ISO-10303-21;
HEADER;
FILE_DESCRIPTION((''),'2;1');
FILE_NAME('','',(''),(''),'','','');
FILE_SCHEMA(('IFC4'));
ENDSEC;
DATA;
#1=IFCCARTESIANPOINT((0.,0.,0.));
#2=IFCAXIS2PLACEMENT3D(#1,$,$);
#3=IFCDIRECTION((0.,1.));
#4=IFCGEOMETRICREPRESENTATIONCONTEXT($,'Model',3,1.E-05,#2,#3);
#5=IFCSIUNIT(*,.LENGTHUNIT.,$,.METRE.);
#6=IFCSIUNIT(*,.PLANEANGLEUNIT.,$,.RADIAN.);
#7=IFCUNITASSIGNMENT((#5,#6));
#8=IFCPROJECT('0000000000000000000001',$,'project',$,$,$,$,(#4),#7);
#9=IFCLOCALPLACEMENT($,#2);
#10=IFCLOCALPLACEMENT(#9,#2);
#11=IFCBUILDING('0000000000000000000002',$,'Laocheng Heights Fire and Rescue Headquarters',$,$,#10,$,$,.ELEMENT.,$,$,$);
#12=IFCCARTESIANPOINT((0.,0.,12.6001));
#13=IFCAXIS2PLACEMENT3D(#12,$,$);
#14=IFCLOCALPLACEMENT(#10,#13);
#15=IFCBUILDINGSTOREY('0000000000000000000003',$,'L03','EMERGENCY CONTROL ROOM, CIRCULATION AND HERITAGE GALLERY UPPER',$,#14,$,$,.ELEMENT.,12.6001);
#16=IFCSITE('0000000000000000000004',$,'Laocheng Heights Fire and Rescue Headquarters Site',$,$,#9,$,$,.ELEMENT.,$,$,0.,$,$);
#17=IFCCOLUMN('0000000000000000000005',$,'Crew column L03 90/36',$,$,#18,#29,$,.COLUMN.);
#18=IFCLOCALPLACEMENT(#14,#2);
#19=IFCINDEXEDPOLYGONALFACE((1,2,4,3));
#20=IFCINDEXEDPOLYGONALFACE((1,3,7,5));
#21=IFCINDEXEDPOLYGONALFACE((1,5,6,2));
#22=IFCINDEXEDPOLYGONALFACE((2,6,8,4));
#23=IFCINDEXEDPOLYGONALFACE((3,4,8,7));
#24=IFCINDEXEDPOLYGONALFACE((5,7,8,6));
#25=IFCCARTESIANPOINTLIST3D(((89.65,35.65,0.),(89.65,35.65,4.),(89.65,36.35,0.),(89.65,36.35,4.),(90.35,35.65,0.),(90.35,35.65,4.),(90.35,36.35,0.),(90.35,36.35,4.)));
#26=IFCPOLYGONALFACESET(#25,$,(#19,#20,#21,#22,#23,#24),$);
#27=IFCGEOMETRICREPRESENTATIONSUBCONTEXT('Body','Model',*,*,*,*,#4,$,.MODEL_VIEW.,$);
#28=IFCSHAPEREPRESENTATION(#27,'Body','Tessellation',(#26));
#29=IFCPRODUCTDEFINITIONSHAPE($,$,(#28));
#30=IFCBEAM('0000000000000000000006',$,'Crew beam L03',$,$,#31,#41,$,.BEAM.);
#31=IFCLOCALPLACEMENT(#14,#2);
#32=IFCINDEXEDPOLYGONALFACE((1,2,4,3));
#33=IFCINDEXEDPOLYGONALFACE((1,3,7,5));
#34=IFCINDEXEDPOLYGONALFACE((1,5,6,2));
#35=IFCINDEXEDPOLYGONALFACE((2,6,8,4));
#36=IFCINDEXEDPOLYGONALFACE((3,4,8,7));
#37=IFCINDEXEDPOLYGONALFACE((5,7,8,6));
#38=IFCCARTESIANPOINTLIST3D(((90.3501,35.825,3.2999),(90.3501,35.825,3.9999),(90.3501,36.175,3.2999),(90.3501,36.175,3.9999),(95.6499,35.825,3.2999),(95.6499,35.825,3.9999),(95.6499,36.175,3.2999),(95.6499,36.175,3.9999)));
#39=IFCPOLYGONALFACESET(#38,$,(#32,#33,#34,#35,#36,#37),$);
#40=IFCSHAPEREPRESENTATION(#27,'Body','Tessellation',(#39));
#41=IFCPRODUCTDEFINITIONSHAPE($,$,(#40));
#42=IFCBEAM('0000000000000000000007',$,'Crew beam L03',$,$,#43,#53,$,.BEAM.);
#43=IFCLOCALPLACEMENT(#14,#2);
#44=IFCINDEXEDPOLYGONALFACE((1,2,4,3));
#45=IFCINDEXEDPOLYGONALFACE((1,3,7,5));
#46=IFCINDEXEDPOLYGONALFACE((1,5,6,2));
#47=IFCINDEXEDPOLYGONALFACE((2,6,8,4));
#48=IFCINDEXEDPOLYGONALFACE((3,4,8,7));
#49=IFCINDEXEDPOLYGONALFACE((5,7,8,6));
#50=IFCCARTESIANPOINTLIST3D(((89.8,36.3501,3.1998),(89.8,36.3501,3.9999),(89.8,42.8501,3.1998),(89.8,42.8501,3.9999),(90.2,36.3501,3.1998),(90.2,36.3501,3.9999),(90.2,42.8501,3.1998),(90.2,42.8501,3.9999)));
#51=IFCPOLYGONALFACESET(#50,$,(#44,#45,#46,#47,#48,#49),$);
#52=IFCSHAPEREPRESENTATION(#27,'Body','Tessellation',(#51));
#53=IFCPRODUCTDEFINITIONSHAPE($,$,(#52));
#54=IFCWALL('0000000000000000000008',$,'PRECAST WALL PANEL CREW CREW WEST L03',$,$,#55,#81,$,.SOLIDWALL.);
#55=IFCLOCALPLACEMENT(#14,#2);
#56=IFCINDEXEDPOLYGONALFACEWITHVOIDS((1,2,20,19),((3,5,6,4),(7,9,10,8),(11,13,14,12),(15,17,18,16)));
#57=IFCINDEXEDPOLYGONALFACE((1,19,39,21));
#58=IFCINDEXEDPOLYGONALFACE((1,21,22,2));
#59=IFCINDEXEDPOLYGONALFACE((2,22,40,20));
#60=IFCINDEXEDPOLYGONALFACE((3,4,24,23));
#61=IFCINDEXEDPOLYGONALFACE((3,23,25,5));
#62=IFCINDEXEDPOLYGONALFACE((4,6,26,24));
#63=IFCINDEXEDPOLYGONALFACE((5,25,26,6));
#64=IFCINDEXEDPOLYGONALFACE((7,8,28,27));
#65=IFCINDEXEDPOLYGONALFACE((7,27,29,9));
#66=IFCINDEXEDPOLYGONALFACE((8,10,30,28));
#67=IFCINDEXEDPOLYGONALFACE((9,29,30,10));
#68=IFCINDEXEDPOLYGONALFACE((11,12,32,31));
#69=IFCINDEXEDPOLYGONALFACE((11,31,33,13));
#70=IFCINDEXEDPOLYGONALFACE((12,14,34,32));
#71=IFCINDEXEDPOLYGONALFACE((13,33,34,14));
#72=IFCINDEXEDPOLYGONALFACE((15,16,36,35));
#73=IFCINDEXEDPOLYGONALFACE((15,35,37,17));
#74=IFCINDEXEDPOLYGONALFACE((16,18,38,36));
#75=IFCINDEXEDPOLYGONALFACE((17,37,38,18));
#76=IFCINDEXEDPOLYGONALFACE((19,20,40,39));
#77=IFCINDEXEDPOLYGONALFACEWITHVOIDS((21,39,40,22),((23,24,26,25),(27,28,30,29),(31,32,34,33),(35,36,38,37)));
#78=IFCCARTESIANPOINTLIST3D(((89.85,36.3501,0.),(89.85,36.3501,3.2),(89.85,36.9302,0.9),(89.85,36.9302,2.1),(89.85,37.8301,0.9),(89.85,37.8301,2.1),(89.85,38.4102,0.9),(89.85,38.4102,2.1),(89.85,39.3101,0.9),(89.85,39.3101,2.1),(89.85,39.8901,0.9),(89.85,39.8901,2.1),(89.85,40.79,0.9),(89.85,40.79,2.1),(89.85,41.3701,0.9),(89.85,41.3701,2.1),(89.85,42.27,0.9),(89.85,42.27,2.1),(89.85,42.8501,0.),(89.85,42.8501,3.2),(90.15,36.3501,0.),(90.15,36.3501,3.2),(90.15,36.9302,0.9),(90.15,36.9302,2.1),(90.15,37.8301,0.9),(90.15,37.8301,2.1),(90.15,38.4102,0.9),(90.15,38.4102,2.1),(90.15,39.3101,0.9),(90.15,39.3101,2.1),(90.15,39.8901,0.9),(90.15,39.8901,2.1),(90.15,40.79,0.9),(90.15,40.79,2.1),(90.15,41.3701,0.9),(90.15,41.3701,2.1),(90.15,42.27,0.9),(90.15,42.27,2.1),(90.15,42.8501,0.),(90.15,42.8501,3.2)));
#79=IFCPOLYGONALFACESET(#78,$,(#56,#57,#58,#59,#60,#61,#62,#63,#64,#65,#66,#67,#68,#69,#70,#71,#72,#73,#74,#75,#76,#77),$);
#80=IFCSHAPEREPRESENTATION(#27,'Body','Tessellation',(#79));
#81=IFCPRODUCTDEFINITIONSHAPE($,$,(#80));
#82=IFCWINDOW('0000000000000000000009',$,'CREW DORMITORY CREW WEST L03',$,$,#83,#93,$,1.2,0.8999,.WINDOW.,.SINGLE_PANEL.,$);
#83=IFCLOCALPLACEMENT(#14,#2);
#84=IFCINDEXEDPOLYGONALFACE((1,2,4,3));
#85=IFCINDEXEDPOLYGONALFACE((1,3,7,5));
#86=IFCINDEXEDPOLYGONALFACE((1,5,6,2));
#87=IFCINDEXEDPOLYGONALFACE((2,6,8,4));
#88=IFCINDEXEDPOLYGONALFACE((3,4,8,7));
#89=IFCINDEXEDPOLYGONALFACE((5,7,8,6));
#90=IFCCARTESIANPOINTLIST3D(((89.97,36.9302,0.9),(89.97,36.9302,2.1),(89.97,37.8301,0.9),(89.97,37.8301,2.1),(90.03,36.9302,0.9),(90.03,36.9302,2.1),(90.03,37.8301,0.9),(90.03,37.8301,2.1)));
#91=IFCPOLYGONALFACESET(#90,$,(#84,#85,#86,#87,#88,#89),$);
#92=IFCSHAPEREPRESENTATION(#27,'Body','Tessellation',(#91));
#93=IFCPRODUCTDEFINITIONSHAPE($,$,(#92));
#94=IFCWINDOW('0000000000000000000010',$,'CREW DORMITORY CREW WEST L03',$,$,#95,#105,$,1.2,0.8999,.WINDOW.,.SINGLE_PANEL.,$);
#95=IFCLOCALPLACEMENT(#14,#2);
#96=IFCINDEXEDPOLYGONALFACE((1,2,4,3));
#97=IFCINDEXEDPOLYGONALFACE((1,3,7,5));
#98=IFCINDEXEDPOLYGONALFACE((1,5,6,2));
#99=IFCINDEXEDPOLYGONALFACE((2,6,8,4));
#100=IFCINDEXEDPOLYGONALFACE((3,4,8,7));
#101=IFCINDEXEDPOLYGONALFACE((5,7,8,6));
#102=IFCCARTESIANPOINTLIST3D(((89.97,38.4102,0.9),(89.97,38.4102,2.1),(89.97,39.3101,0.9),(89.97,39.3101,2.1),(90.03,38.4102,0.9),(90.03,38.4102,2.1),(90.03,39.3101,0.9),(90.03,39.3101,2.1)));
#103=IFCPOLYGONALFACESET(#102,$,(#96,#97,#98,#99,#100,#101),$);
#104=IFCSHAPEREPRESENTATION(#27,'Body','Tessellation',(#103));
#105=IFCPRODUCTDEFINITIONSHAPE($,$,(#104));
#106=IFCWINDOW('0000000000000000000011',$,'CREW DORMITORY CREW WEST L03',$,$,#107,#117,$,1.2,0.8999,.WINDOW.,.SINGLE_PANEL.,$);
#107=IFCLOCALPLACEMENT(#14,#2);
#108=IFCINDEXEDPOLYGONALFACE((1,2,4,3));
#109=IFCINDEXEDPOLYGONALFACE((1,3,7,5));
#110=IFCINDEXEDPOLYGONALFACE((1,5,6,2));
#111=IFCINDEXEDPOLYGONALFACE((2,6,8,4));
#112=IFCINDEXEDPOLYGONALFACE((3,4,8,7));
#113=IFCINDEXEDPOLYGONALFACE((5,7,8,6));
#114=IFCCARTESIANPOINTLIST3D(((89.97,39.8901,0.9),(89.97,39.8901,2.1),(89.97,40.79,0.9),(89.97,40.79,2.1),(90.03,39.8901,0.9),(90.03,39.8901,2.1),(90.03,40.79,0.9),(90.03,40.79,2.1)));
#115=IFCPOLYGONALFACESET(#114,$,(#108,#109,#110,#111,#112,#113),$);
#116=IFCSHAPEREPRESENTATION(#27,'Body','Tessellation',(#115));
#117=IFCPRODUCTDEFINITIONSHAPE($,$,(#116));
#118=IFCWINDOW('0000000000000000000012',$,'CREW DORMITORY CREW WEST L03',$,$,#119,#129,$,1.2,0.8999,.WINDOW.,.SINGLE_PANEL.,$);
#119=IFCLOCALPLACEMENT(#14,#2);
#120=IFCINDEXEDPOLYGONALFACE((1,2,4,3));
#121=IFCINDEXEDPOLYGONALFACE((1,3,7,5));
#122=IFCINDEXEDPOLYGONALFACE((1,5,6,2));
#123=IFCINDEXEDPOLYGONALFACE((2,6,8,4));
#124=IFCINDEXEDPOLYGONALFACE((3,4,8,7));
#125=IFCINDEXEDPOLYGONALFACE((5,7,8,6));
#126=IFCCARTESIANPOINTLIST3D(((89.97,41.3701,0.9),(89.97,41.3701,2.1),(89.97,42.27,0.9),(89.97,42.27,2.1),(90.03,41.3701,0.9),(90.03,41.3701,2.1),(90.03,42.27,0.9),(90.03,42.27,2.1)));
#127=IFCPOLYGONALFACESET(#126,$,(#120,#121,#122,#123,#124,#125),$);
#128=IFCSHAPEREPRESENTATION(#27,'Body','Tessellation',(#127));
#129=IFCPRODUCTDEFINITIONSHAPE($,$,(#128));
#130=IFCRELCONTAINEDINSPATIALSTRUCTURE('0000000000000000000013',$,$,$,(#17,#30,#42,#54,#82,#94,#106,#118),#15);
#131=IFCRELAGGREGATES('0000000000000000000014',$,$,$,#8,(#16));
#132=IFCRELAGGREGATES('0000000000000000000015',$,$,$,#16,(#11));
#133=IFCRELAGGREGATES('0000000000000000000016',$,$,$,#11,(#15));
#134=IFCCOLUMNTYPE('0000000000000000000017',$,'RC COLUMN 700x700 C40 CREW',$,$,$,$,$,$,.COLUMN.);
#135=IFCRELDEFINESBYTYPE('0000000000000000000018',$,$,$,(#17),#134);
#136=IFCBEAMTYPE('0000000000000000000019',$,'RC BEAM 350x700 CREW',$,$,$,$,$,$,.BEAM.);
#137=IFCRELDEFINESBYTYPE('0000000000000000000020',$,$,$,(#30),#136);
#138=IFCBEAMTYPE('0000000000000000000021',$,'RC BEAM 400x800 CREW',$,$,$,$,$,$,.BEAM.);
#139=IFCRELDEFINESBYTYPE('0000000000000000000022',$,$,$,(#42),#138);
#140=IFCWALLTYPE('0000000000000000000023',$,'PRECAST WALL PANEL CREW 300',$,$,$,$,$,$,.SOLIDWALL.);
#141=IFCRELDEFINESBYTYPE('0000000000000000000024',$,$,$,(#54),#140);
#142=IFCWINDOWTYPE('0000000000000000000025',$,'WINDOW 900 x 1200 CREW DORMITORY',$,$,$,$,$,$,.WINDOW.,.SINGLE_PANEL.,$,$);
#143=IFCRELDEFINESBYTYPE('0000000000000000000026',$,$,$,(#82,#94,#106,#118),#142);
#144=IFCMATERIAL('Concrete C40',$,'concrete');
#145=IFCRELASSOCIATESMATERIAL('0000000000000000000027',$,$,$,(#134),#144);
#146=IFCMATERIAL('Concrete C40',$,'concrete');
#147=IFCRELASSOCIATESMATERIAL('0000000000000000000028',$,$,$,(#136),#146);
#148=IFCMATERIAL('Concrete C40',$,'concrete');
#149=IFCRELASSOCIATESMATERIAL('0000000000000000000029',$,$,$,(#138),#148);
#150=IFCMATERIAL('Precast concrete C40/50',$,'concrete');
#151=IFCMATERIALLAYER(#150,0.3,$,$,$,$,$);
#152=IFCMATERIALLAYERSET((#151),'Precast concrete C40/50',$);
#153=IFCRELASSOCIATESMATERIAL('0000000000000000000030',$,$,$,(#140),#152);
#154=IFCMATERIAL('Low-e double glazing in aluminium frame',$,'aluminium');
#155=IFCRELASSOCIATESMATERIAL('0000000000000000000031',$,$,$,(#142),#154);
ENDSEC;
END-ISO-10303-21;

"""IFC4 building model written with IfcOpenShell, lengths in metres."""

from ifc_helpers import new_model, si_unit, direction, frame, frame_2d, origin, origin_2d, place, context, subcontext, project, spatial, rectangle, extrude, material, layer, layer_set, material_profile, profile_set, type_object, element, fill, save


model = new_model("IFC4")

# Units and contexts
model_context = context("Model", 3, precision=1e-05, world=origin(), true_north=direction((0.0, 1.0)))
body_context = subcontext(model_context, "Body", "Model", "MODEL_VIEW")
ifc_project = project(units=[si_unit("LENGTHUNIT", "METRE"), si_unit("PLANEANGLEUNIT", "RADIAN")], contexts=[model_context])

# Site, building, storey
site_placement = place(None, origin())
site = spatial("IfcSite", under=ifc_project, at=site_placement, Name="Laocheng Heights Fire and Rescue Headquarters Site", CompositionType="ELEMENT", RefElevation=0.0)
building_placement = place(site_placement, origin())
building = spatial("IfcBuilding", under=site, at=building_placement, Name="Laocheng Heights Fire and Rescue Headquarters", CompositionType="ELEMENT")
storey_placement = place(building_placement, frame((0.0, 0.0, 12.6001)))
storey = spatial("IfcBuildingStorey", under=building, at=storey_placement, Name="L03", Description="EMERGENCY CONTROL ROOM, CIRCULATION AND HERITAGE GALLERY UPPER", CompositionType="ELEMENT", Elevation=12.6001)

# Column
ifc_material_1 = material(Name="Concrete C40", Category="concrete")
ifc_material_profile_1 = material_profile(ifc_material_1, rectangle(XDim=0.7, YDim=0.7, at=origin_2d()), Name="RC COLUMN 700x700 C40 CREW")
ifc_profile_set_1 = profile_set([ifc_material_profile_1], Name="Concrete C40")
column_type = type_object("IfcColumnType", Name="RC COLUMN 700x700 C40 CREW", PredefinedType="COLUMN", material=ifc_profile_set_1)
column_placement = place(storey_placement, frame((90.0, 36.0, 0.0), z_axis=(0.0, 0.0, 1.0), x_axis=(1.0, 0.0, 0.0)))
element("IfcColumn", 1, at=column_placement, inside=storey, type_object=column_type, Name="Crew column L03 90/36", PredefinedType="COLUMN", context=body_context, shape_type="SweptSolid", body=[
    extrude(rectangle(XDim=0.7, YDim=0.7, at=origin_2d()), origin(), (0.0, 0.0, 1.0), 4.0),
])

# Beams
ifc_material_2 = material(Name="Concrete C40", Category="concrete")
ifc_material_profile_2 = material_profile(ifc_material_2, rectangle(XDim=0.3501, YDim=0.7, at=origin_2d()), Name="RC BEAM 350x700 CREW")
ifc_profile_set_2 = profile_set([ifc_material_profile_2], Name="Concrete C40")
beam_type_1 = type_object("IfcBeamType", Name="RC BEAM 350x700 CREW", PredefinedType="BEAM", material=ifc_profile_set_2)
beam_1_placement = place(storey_placement, frame((90.3501, 36.0, 3.6499), z_axis=(1.0, 0.0, 0.0), x_axis=(0.0, 1.0, 0.0)))
element("IfcBeam", 2, at=beam_1_placement, inside=storey, type_object=beam_type_1, Name="Crew beam L03", PredefinedType="BEAM", context=body_context, shape_type="SweptSolid", body=[
    extrude(rectangle(XDim=0.3501, YDim=0.7, at=origin_2d()), origin(), (0.0, 0.0, 1.0), 5.2998),
])
ifc_material_3 = material(Name="Concrete C40", Category="concrete")
ifc_material_profile_3 = material_profile(ifc_material_3, rectangle(XDim=0.3999, YDim=0.8, at=origin_2d()), Name="RC BEAM 400x800 CREW")
ifc_profile_set_3 = profile_set([ifc_material_profile_3], Name="Concrete C40")
beam_type_2 = type_object("IfcBeamType", Name="RC BEAM 400x800 CREW", PredefinedType="BEAM", material=ifc_profile_set_3)
beam_2_placement = place(storey_placement, frame((90.0, 36.3501, 3.5999), z_axis=(0.0, 1.0, 0.0), x_axis=(-1.0, 0.0, 0.0)))
element("IfcBeam", 3, at=beam_2_placement, inside=storey, type_object=beam_type_2, Name="Crew beam L03", PredefinedType="BEAM", context=body_context, shape_type="SweptSolid", body=[
    extrude(rectangle(XDim=0.3999, YDim=0.8, at=origin_2d()), origin(), (0.0, 0.0, 1.0), 6.5),
])

# Wall, openings, windows
ifc_material_4 = material(Name="Precast concrete C40/50", Category="concrete")
ifc_layer_1 = layer(ifc_material_4, 0.3)
ifc_layer_set_1 = layer_set([ifc_layer_1], Name="Precast concrete C40/50")
wall_type = type_object("IfcWallType", Name="PRECAST WALL PANEL CREW 300", PredefinedType="SOLIDWALL", material=ifc_layer_set_1)
wall_1_placement = place(storey_placement, frame((90.0, 36.3501, 0.0), z_axis=(0.0, 0.0, 1.0), x_axis=(0.0, 1.0, 0.0)))
wall_1 = element("IfcWall", 4, at=wall_1_placement, inside=storey, type_object=wall_type, Name="PRECAST WALL PANEL CREW CREW WEST L03", PredefinedType="SOLIDWALL", context=body_context, shape_type="SweptSolid", body=[
    extrude(rectangle(XDim=6.5, YDim=0.3, at=frame_2d((3.25, 0.0))), origin(), (0.0, 0.0, 1.0), 3.2),
])
opening_1_placement = place(wall_1_placement, frame((0.5801, 0.0, 0.8999)))
opening_1 = element("IfcOpeningElement", 5, at=opening_1_placement, cuts=wall_1, PredefinedType="OPENING", context=body_context, shape_type="SweptSolid", body=[
    extrude(rectangle(XDim=0.8999, YDim=1.2, at=frame_2d((0.45, 0.6001))), frame((0.0, 0.1599, 0.0), z_axis=(0.0, -1.0, 0.0), x_axis=(1.0, 0.0, 0.0)), (0.0, 0.0, 1.0), 0.3201),
])
opening_2_placement = place(wall_1_placement, frame((2.0601, 0.0, 0.8999)))
opening_2 = element("IfcOpeningElement", 6, at=opening_2_placement, cuts=wall_1, PredefinedType="OPENING", context=body_context, shape_type="SweptSolid", body=[
    extrude(rectangle(XDim=0.8999, YDim=1.2, at=frame_2d((0.45, 0.6001))), frame((0.0, 0.1599, 0.0), z_axis=(0.0, -1.0, 0.0), x_axis=(1.0, 0.0, 0.0)), (0.0, 0.0, 1.0), 0.3201),
])
opening_3_placement = place(wall_1_placement, frame((3.54, 0.0, 0.8999)))
opening_3 = element("IfcOpeningElement", 7, at=opening_3_placement, cuts=wall_1, PredefinedType="OPENING", context=body_context, shape_type="SweptSolid", body=[
    extrude(rectangle(XDim=0.8999, YDim=1.2, at=frame_2d((0.45, 0.6001))), frame((0.0, 0.1599, 0.0), z_axis=(0.0, -1.0, 0.0), x_axis=(1.0, 0.0, 0.0)), (0.0, 0.0, 1.0), 0.3201),
])
opening_4_placement = place(wall_1_placement, frame((5.02, 0.0, 0.8999)))
opening_4 = element("IfcOpeningElement", 8, at=opening_4_placement, cuts=wall_1, PredefinedType="OPENING", context=body_context, shape_type="SweptSolid", body=[
    extrude(rectangle(XDim=0.8999, YDim=1.2, at=frame_2d((0.45, 0.6001))), frame((0.0, 0.1599, 0.0), z_axis=(0.0, -1.0, 0.0), x_axis=(1.0, 0.0, 0.0)), (0.0, 0.0, 1.0), 0.3201),
])
ifc_material_5 = material(Name="Low-e double glazing in aluminium frame", Category="aluminium")
window_type = type_object("IfcWindowType", Name="WINDOW 900 x 1200 CREW DORMITORY", PartitioningType="SINGLE_PANEL", PredefinedType="WINDOW", material=ifc_material_5)
window_1_placement = place(opening_1_placement, origin())
window_1 = element("IfcWindow", 9, at=window_1_placement, inside=storey, type_object=window_type, Name="CREW DORMITORY CREW WEST L03", OverallHeight=1.2, OverallWidth=0.8999, PartitioningType="SINGLE_PANEL", PredefinedType="WINDOW", context=body_context, shape_type="SweptSolid", body=[
    extrude(rectangle(XDim=0.8999, YDim=1.2, at=frame_2d((0.45, 0.6001))), frame((0.0, 0.03, 0.0), z_axis=(0.0, -1.0, 0.0), x_axis=(1.0, 0.0, 0.0)), (0.0, 0.0, 1.0), 0.0601),
])
fill(opening_1, window_1)
window_2_placement = place(opening_2_placement, origin())
window_2 = element("IfcWindow", 10, at=window_2_placement, inside=storey, type_object=window_type, Name="CREW DORMITORY CREW WEST L03", OverallHeight=1.2, OverallWidth=0.8999, PartitioningType="SINGLE_PANEL", PredefinedType="WINDOW", context=body_context, shape_type="SweptSolid", body=[
    extrude(rectangle(XDim=0.8999, YDim=1.2, at=frame_2d((0.45, 0.6001))), frame((0.0, 0.03, 0.0), z_axis=(0.0, -1.0, 0.0), x_axis=(1.0, 0.0, 0.0)), (0.0, 0.0, 1.0), 0.0601),
])
fill(opening_2, window_2)
window_3_placement = place(opening_3_placement, origin())
window_3 = element("IfcWindow", 11, at=window_3_placement, inside=storey, type_object=window_type, Name="CREW DORMITORY CREW WEST L03", OverallHeight=1.2, OverallWidth=0.8999, PartitioningType="SINGLE_PANEL", PredefinedType="WINDOW", context=body_context, shape_type="SweptSolid", body=[
    extrude(rectangle(XDim=0.8999, YDim=1.2, at=frame_2d((0.45, 0.6001))), frame((0.0, 0.03, 0.0), z_axis=(0.0, -1.0, 0.0), x_axis=(1.0, 0.0, 0.0)), (0.0, 0.0, 1.0), 0.0601),
])
fill(opening_3, window_3)
window_4_placement = place(opening_4_placement, origin())
window_4 = element("IfcWindow", 12, at=window_4_placement, inside=storey, type_object=window_type, Name="CREW DORMITORY CREW WEST L03", OverallHeight=1.2, OverallWidth=0.8999, PartitioningType="SINGLE_PANEL", PredefinedType="WINDOW", context=body_context, shape_type="SweptSolid", body=[
    extrude(rectangle(XDim=0.8999, YDim=1.2, at=frame_2d((0.45, 0.6001))), frame((0.0, 0.03, 0.0), z_axis=(0.0, -1.0, 0.0), x_axis=(1.0, 0.0, 0.0)), (0.0, 0.0, 1.0), 0.0601),
])
fill(opening_4, window_4)

save(model, "model.ifc")
